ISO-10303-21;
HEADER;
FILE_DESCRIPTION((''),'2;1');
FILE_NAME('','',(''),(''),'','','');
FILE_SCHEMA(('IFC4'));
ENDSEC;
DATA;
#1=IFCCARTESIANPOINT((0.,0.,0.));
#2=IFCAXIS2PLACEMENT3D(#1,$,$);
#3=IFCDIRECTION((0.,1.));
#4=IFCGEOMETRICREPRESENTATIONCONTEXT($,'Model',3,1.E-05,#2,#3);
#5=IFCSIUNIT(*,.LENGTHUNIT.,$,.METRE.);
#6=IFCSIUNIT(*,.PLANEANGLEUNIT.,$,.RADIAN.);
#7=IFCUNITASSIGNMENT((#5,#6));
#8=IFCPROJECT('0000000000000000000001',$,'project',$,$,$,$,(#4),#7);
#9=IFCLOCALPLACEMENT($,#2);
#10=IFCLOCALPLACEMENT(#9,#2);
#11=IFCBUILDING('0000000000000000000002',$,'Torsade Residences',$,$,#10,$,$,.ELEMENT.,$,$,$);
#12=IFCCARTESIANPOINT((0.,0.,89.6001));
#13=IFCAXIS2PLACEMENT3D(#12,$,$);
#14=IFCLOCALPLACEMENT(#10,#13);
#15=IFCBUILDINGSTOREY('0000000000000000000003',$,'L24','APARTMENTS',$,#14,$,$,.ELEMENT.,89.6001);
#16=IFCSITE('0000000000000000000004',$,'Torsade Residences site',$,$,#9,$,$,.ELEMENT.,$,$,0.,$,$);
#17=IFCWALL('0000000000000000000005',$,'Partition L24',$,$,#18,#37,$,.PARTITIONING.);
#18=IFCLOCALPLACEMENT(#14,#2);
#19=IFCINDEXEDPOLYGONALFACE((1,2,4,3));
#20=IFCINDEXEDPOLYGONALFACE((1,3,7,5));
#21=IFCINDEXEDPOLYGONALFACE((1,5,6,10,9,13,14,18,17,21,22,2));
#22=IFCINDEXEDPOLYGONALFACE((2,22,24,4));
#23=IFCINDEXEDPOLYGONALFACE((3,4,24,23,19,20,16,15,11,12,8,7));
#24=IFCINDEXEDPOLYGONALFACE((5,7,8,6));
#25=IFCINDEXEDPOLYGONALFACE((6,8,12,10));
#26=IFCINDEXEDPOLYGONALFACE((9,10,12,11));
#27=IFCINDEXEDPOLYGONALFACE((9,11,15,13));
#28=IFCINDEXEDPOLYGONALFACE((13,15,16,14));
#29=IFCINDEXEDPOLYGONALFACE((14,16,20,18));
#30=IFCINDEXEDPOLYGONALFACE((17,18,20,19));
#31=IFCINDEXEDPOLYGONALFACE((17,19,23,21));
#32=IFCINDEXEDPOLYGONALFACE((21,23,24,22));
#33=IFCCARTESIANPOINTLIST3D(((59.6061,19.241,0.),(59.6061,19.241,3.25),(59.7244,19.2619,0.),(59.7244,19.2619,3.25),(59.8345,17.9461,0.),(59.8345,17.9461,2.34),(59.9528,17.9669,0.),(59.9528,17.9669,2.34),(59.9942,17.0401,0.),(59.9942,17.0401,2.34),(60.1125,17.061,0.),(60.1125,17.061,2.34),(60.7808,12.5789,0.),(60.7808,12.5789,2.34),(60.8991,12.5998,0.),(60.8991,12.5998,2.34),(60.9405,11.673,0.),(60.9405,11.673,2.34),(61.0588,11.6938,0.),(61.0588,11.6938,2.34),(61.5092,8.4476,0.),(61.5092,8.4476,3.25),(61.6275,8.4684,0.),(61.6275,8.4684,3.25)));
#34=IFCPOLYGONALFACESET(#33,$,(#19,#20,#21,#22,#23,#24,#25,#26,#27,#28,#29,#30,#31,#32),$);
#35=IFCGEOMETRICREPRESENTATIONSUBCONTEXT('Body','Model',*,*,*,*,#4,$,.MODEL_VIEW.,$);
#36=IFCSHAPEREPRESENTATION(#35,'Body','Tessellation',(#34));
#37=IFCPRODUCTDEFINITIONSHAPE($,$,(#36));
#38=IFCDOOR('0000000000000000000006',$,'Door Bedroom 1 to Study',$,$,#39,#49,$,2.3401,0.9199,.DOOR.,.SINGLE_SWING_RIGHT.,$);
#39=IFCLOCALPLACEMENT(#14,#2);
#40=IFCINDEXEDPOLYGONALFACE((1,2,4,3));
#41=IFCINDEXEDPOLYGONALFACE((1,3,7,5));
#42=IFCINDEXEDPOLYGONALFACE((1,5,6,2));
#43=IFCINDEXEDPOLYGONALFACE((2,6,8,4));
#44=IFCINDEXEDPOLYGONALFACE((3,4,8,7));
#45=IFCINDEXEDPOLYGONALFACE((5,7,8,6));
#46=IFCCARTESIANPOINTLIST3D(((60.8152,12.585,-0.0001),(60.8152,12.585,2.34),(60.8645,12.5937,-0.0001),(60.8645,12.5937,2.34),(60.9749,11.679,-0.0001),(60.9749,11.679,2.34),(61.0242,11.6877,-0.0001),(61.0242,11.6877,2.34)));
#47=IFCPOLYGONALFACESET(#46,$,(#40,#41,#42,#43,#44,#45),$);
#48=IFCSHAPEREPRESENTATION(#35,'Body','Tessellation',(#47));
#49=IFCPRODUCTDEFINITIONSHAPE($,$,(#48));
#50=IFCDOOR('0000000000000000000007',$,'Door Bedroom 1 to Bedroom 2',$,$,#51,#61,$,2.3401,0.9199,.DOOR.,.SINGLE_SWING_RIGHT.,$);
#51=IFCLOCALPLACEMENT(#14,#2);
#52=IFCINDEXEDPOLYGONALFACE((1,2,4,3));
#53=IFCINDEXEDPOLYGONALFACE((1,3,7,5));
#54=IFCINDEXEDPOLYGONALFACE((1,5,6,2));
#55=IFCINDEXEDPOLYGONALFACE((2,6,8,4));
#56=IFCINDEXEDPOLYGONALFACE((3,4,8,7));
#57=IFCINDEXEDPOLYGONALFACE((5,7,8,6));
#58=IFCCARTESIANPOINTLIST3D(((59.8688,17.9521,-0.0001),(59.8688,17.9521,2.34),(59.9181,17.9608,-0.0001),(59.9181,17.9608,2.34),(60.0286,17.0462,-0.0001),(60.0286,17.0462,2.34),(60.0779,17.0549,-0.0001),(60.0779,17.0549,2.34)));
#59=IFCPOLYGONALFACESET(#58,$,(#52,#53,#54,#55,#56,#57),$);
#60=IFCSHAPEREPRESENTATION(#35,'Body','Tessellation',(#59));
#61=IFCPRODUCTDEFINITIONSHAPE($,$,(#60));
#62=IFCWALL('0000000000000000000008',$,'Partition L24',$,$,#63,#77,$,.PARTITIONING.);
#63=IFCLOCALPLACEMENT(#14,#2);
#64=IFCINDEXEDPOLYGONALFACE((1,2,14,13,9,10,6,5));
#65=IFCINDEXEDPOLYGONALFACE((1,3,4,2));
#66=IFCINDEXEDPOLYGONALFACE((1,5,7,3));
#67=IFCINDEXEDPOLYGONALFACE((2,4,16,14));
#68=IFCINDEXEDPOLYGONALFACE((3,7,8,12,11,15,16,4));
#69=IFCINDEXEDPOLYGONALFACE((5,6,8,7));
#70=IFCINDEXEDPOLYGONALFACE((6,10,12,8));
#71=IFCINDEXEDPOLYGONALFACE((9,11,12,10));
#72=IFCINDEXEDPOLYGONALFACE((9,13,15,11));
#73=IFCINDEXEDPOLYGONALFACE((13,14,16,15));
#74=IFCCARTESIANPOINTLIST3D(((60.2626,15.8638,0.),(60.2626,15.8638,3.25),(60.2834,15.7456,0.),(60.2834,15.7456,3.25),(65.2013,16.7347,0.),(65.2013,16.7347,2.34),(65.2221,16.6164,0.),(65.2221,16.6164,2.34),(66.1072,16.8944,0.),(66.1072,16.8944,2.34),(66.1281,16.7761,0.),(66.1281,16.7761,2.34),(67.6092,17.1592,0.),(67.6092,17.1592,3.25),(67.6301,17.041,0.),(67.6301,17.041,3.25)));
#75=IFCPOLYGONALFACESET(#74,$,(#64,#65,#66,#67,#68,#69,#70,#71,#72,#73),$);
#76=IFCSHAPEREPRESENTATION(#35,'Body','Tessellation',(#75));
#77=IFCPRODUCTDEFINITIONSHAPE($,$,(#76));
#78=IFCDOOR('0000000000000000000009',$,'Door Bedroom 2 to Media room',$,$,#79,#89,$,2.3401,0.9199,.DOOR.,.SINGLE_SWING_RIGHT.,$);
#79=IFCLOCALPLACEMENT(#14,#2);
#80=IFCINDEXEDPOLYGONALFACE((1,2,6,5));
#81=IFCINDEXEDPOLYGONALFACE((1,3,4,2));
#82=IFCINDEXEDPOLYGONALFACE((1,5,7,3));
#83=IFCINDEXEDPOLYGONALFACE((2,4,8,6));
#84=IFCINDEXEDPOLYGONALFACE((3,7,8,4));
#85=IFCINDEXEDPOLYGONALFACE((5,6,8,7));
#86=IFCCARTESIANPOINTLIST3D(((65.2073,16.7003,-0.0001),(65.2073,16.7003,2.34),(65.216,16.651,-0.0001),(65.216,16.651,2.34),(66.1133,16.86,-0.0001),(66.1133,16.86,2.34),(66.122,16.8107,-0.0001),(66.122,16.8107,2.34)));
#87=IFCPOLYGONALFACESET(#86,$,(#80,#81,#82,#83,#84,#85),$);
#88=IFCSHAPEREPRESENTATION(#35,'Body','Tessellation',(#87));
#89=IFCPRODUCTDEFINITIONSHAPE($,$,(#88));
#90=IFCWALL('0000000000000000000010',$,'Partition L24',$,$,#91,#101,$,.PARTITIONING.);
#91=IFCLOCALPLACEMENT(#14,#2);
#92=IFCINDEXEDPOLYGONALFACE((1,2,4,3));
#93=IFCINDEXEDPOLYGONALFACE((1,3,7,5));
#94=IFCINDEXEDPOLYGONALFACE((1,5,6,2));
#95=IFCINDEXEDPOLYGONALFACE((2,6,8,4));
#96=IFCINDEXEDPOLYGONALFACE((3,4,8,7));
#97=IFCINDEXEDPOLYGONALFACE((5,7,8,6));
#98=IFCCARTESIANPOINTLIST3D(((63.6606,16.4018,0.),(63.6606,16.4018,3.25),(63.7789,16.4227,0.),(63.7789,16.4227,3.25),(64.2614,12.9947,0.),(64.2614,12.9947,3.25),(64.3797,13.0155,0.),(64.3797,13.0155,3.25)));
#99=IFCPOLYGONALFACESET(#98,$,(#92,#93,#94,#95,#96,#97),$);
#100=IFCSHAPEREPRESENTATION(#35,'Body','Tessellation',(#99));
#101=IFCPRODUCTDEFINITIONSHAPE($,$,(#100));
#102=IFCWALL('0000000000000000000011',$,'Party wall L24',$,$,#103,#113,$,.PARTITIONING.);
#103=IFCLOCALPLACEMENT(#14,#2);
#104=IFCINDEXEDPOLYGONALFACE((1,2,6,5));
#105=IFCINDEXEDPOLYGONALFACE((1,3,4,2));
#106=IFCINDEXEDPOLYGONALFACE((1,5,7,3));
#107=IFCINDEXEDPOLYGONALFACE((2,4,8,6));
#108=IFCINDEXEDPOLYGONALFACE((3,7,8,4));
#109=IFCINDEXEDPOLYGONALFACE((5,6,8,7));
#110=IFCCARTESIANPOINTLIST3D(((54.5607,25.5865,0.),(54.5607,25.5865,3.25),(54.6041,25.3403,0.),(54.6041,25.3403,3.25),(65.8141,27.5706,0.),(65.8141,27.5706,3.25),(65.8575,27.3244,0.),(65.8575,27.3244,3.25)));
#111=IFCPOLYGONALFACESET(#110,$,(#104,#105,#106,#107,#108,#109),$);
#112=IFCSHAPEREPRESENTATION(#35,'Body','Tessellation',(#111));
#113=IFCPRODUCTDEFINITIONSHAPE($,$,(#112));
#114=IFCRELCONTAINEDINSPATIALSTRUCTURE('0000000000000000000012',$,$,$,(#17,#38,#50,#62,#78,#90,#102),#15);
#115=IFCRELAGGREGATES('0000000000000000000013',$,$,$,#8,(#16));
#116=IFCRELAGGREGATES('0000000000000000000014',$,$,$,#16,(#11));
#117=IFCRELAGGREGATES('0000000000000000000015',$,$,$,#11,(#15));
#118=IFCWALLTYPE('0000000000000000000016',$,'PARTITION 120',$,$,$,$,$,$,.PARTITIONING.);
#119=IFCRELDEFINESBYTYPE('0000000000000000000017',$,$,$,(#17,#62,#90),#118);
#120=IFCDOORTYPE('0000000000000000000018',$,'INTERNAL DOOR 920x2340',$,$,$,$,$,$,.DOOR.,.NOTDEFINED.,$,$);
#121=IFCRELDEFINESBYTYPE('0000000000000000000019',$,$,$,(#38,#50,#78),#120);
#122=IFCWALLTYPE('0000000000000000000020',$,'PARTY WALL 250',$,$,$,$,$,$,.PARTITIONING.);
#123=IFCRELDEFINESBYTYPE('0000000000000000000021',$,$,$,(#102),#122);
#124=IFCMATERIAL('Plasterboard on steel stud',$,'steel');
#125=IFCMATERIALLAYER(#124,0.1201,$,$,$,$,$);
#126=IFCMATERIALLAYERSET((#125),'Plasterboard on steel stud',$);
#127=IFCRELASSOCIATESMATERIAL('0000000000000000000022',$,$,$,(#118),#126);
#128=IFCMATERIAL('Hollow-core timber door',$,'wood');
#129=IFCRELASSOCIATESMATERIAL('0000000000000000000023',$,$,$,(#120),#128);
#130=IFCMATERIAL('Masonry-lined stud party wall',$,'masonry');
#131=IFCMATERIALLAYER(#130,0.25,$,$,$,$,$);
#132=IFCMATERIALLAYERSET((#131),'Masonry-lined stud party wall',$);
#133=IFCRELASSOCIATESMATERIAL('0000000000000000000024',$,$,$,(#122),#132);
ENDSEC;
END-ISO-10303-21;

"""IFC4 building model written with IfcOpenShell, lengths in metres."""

from ifc_helpers import new_model, si_unit, direction, frame, frame_2d, origin, place, context, subcontext, project, spatial, rectangle, extrude, material, layer, layer_set, type_object, element, fill, save


model = new_model("IFC4")

# Units and contexts
model_context = context("Model", 3, precision=1e-05, world=origin(), true_north=direction((0.0, 1.0)))
body_context = subcontext(model_context, "Body", "Model", "MODEL_VIEW")
ifc_project = project(units=[si_unit("LENGTHUNIT", "METRE"), si_unit("PLANEANGLEUNIT", "RADIAN")], contexts=[model_context])

# Site, building, storey
site_placement = place(None, origin())
site = spatial("IfcSite", under=ifc_project, at=site_placement, Name="Torsade Residences site", CompositionType="ELEMENT", RefElevation=0.0)
building_placement = place(site_placement, origin())
building = spatial("IfcBuilding", under=site, at=building_placement, Name="Torsade Residences", CompositionType="ELEMENT")
storey_placement = place(building_placement, frame((0.0, 0.0, 89.6001)))
storey = spatial("IfcBuildingStorey", under=building, at=storey_placement, Name="L24", Description="APARTMENTS", CompositionType="ELEMENT", Elevation=89.6001)

# Shared definitions
ifc_material_1 = material(Name="Plasterboard on steel stud", Category="steel")
ifc_layer_1 = layer(ifc_material_1, 0.1201)
ifc_layer_set_1 = layer_set([ifc_layer_1], Name="Plasterboard on steel stud")
wall_type_1 = type_object("IfcWallType", Name="PARTITION 120", PredefinedType="PARTITIONING", material=ifc_layer_set_1)

# Shared definitions
ifc_material_2 = material(Name="Hollow-core timber door", Category="wood")
door_type_1 = type_object("IfcDoorType", Name="INTERNAL DOOR 920x2340", OperationType="NOTDEFINED", PredefinedType="DOOR", material=ifc_material_2)

# Wall, openings, doors
wall_1_placement = place(storey_placement, frame((59.6653, 19.2515, 0.0), z_axis=(0.0, 0.0, 1.0), x_axis=(0.173639, -0.984809, 0.0)))
wall_1 = element("IfcWall", 1, at=wall_1_placement, inside=storey, type_object=wall_type_1, Name="Partition L24", PredefinedType="PARTITIONING", context=body_context, shape_type="SweptSolid", body=[
    extrude(rectangle(XDim=10.96, YDim=0.1201, at=frame_2d((5.48, 0.0))), origin(), (0.0, 0.0, 1.0), 3.25),
])
opening_1_placement = place(wall_1_placement, frame((6.7649, 0.0, 0.0)))
opening_1 = element("IfcOpeningElement", 2, at=opening_1_placement, cuts=wall_1, PredefinedType="OPENING", context=body_context, shape_type="SweptSolid", body=[
    extrude(rectangle(XDim=0.9199, YDim=2.3401, at=frame_2d((0.46, 1.1699))), frame((0.0, 0.0701, 0.0), z_axis=(0.0, -1.0, 0.0), x_axis=(1.0, 0.0, 0.0)), (0.0, 0.0, 1.0), 0.1401),
])
opening_2_placement = place(wall_1_placement, frame((1.3149, 0.0, 0.0)))
opening_2 = element("IfcOpeningElement", 3, at=opening_2_placement, cuts=wall_1, PredefinedType="OPENING", context=body_context, shape_type="SweptSolid", body=[
    extrude(rectangle(XDim=0.9199, YDim=2.3401, at=frame_2d((0.46, 1.1699))), frame((0.0, 0.0701, 0.0), z_axis=(0.0, -1.0, 0.0), x_axis=(1.0, 0.0, 0.0)), (0.0, 0.0, 1.0), 0.1401),
])
door_1_placement = place(opening_1_placement, origin())
door_1 = element("IfcDoor", 4, at=door_1_placement, inside=storey, type_object=door_type_1, Name="Door Bedroom 1 to Study", OperationType="SINGLE_SWING_RIGHT", OverallHeight=2.3401, OverallWidth=0.9199, PredefinedType="DOOR", context=body_context, shape_type="SweptSolid", body=[
    extrude(rectangle(XDim=0.9199, YDim=2.3401, at=frame_2d((0.46, 1.1699))), frame((0.0, 0.0249, 0.0), z_axis=(0.0, -1.0, 0.0), x_axis=(1.0, 0.0, 0.0)), (0.0, 0.0, 1.0), 0.05),
])
fill(opening_1, door_1)
door_2_placement = place(opening_2_placement, origin())
door_2 = element("IfcDoor", 5, at=door_2_placement, inside=storey, type_object=door_type_1, Name="Door Bedroom 1 to Bedroom 2", OperationType="SINGLE_SWING_RIGHT", OverallHeight=2.3401, OverallWidth=0.9199, PredefinedType="DOOR", context=body_context, shape_type="SweptSolid", body=[
    extrude(rectangle(XDim=0.9199, YDim=2.3401, at=frame_2d((0.46, 1.1699))), frame((0.0, 0.0249, 0.0), z_axis=(0.0, -1.0, 0.0), x_axis=(1.0, 0.0, 0.0)), (0.0, 0.0, 1.0), 0.05),
])
fill(opening_2, door_2)

# Wall, opening, door
wall_2_placement = place(storey_placement, frame((67.6196, 17.1001, 0.0), z_axis=(0.0, 0.0, 1.0), x_axis=(-0.984808, -0.173647, 0.0)))
wall_2 = element("IfcWall", 6, at=wall_2_placement, inside=storey, type_object=wall_type_1, Name="Partition L24", PredefinedType="PARTITIONING", context=body_context, shape_type="SweptSolid", body=[
    extrude(rectangle(XDim=7.46, YDim=0.1201, at=frame_2d((3.73, 0.0))), origin(), (0.0, 0.0, 1.0), 3.25),
])
opening_3_placement = place(wall_2_placement, frame((1.5251, 0.0, 0.0)))
opening_3 = element("IfcOpeningElement", 7, at=opening_3_placement, cuts=wall_2, PredefinedType="OPENING", context=body_context, shape_type="SweptSolid", body=[
    extrude(rectangle(XDim=0.9199, YDim=2.3401, at=frame_2d((0.46, 1.1699))), frame((0.0, 0.0701, 0.0), z_axis=(0.0, -1.0, 0.0), x_axis=(1.0, 0.0, 0.0)), (0.0, 0.0, 1.0), 0.1401),
])
door_3_placement = place(opening_3_placement, origin())
door_3 = element("IfcDoor", 8, at=door_3_placement, inside=storey, type_object=door_type_1, Name="Door Bedroom 2 to Media room", OperationType="SINGLE_SWING_RIGHT", OverallHeight=2.3401, OverallWidth=0.9199, PredefinedType="DOOR", context=body_context, shape_type="SweptSolid", body=[
    extrude(rectangle(XDim=0.9199, YDim=2.3401, at=frame_2d((0.46, 1.1699))), frame((0.0, 0.0249, 0.0), z_axis=(0.0, -1.0, 0.0), x_axis=(1.0, 0.0, 0.0)), (0.0, 0.0, 1.0), 0.05),
])
fill(opening_3, door_3)

# Walls
wall_3_placement = place(storey_placement, frame((63.7197, 16.4124, 0.0), z_axis=(0.0, 0.0, 1.0), x_axis=(0.173661, -0.984806, 0.0)))
element("IfcWall", 9, at=wall_3_placement, inside=storey, type_object=wall_type_1, Name="Partition L24", PredefinedType="PARTITIONING", context=body_context, shape_type="SweptSolid", body=[
    extrude(rectangle(XDim=3.4597, YDim=0.1201, at=frame_2d((1.73, 0.0))), origin(), (0.0, 0.0, 1.0), 3.25),
])
ifc_material_3 = material(Name="Masonry-lined stud party wall", Category="masonry")
ifc_layer_2 = layer(ifc_material_3, 0.25)
ifc_layer_set_2 = layer_set([ifc_layer_2], Name="Masonry-lined stud party wall")
wall_type_2 = type_object("IfcWallType", Name="PARTY WALL 250", PredefinedType="PARTITIONING", material=ifc_layer_set_2)
wall_4_placement = place(storey_placement, frame((65.8357, 27.4475, 0.0), z_axis=(0.0, 0.0, 1.0), x_axis=(-0.98481, -0.173635, 0.0)))
element("IfcWall", 10, at=wall_4_placement, inside=storey, type_object=wall_type_2, Name="Party wall L24", PredefinedType="PARTITIONING", context=body_context, shape_type="SweptSolid", body=[
    extrude(rectangle(XDim=11.427, YDim=0.25, at=frame_2d((5.7134, 0.0))), origin(), (0.0, 0.0, 1.0), 3.25),
])

save(model, "model.ifc")
